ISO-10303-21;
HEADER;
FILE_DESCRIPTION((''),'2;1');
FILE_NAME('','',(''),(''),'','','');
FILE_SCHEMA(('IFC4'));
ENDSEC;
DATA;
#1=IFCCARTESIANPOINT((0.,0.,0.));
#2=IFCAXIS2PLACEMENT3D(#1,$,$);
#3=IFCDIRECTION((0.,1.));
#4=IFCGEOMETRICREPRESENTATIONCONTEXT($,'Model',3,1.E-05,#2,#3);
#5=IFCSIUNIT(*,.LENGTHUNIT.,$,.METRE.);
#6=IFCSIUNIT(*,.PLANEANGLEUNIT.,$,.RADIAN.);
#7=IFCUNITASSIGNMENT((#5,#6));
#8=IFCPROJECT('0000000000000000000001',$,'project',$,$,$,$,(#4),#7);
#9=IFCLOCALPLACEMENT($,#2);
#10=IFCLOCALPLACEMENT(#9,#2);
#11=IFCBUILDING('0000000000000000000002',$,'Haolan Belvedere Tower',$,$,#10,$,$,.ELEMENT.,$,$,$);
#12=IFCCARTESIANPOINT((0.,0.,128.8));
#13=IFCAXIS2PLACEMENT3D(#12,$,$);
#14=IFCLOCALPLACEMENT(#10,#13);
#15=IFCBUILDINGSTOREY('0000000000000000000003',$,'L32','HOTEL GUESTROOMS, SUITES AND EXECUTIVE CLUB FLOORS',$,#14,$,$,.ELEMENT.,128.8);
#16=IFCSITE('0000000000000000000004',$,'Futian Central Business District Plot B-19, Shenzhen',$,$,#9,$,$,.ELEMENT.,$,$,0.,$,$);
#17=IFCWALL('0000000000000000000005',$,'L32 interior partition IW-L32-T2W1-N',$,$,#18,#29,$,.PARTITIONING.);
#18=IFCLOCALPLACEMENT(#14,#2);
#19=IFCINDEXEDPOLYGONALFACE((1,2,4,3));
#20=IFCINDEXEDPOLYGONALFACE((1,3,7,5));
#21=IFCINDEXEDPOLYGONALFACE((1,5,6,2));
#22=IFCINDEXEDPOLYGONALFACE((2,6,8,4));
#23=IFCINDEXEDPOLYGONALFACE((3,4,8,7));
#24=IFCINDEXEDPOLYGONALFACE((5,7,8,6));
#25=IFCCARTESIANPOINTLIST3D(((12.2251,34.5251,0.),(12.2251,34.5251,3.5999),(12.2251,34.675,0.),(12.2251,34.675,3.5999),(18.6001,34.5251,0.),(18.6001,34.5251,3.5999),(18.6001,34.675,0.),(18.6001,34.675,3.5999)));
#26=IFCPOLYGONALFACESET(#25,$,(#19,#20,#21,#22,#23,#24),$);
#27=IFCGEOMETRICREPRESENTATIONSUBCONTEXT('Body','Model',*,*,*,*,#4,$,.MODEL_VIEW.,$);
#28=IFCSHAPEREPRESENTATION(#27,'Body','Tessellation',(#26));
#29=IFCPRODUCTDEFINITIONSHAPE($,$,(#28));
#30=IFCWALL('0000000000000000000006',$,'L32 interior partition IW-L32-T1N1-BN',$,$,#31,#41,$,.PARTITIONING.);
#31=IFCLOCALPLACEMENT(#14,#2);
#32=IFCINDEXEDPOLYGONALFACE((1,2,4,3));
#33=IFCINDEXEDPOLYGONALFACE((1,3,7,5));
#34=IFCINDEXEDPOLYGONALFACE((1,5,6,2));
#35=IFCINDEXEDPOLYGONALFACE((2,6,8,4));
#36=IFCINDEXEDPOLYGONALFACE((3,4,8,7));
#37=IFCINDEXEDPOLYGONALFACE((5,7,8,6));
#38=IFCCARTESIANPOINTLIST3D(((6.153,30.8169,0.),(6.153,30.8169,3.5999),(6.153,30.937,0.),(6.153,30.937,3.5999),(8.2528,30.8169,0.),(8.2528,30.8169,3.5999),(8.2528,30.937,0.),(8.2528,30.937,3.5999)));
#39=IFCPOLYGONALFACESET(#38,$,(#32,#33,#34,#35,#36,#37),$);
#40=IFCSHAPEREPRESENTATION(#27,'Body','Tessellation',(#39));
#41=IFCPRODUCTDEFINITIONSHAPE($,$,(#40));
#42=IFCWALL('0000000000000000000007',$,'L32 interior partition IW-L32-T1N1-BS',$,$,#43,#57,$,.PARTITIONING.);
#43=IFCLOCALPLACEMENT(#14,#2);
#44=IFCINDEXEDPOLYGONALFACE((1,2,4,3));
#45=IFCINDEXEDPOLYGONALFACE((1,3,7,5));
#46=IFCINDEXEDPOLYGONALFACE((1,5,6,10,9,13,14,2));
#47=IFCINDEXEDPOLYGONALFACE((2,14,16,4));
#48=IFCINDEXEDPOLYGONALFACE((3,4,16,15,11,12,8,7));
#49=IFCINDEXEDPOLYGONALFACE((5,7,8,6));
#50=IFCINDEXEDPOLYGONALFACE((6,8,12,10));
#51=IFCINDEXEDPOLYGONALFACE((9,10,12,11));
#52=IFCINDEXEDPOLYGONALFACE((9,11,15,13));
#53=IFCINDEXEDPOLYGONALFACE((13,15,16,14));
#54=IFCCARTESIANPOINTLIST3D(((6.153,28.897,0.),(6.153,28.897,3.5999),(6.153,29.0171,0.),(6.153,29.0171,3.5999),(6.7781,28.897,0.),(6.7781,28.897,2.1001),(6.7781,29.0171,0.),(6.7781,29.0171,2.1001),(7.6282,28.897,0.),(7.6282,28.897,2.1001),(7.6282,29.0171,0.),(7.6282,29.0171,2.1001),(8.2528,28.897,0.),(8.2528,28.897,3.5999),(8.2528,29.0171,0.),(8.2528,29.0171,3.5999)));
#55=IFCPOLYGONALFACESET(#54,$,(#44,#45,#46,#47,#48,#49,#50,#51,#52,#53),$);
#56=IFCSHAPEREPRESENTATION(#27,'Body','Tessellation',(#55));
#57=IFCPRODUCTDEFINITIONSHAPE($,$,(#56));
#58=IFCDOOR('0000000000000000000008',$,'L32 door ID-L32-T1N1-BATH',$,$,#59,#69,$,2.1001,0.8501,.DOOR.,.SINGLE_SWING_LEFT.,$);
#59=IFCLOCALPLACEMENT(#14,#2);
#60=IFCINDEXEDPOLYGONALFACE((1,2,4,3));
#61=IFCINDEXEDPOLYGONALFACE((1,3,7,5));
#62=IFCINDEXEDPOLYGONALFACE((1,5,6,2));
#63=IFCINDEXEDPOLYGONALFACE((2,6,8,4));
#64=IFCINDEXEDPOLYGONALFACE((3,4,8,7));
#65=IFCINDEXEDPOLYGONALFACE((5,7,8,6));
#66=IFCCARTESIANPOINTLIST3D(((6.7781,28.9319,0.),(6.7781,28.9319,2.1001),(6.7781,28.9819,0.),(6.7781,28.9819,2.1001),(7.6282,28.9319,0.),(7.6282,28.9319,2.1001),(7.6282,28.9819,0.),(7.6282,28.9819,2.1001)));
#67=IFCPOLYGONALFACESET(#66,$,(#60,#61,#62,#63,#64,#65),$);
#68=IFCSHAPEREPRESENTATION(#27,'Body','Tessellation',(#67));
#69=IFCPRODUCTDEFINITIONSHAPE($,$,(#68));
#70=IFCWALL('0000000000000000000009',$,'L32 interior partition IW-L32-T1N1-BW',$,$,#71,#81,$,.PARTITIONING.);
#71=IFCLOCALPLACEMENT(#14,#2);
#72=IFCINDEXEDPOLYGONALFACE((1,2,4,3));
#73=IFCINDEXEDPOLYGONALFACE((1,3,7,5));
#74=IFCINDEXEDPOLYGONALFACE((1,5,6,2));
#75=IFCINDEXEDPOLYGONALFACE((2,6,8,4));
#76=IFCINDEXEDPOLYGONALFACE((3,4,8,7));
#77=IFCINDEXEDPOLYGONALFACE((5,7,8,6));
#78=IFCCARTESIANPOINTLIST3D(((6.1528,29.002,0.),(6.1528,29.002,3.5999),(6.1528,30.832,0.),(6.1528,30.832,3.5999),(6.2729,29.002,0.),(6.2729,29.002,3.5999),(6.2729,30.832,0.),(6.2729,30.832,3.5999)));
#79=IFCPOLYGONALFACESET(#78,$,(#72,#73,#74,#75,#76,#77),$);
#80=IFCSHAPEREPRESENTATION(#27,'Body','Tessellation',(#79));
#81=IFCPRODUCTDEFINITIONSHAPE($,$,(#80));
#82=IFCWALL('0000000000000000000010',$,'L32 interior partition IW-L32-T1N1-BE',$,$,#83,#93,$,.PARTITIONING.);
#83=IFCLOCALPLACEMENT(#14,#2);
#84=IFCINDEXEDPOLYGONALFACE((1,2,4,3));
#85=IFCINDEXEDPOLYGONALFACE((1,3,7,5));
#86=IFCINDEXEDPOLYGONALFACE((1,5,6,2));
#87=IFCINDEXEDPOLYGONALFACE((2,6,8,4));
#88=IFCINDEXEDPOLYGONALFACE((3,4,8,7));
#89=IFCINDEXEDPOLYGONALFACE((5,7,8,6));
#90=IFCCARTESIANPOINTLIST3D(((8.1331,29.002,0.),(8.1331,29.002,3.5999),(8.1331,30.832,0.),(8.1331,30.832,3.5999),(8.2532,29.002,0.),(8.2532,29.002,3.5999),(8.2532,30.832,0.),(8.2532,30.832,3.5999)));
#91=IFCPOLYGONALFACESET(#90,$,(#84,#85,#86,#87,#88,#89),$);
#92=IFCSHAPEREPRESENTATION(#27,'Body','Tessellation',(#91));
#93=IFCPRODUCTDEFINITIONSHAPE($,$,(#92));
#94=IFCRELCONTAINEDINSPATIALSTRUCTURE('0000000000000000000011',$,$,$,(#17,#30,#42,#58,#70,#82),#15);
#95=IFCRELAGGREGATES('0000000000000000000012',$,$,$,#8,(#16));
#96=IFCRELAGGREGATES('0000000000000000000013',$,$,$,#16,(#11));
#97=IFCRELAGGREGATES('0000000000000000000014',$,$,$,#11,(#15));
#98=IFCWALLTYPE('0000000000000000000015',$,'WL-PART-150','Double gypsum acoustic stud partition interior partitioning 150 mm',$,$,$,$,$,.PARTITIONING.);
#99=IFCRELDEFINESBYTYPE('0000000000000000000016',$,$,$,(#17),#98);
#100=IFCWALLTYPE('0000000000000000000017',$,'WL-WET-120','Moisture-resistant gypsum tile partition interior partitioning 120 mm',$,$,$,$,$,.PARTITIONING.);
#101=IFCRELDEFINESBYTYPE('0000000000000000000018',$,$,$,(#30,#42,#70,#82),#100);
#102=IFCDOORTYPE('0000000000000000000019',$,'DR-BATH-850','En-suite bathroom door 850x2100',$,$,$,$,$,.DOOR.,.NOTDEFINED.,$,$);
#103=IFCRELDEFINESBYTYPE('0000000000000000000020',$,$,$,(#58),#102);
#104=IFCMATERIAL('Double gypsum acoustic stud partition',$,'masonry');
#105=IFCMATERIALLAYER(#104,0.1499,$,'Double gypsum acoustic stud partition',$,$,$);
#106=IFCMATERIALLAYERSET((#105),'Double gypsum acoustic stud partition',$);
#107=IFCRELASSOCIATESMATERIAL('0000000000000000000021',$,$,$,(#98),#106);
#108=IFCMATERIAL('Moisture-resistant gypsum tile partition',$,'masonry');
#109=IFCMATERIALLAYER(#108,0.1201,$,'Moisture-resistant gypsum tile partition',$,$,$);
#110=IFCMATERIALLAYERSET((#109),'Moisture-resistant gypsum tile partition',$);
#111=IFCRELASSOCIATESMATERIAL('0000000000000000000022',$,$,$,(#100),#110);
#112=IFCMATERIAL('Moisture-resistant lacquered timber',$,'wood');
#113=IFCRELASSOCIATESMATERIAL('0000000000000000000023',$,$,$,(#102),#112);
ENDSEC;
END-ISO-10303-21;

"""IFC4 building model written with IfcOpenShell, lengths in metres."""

from ifc_helpers import new_model, si_unit, direction, frame, frame_2d, origin, place, context, subcontext, project, spatial, rectangle, extrude, material, layer, layer_set, type_object, element, fill, save


model = new_model("IFC4")

# Units and contexts
model_context = context("Model", 3, precision=1e-05, world=origin(), true_north=direction((0.0, 1.0)))
body_context = subcontext(model_context, "Body", "Model", "MODEL_VIEW")
ifc_project = project(units=[si_unit("LENGTHUNIT", "METRE"), si_unit("PLANEANGLEUNIT", "RADIAN")], contexts=[model_context])

# Site, building, storey
site_placement = place(None, origin())
site = spatial("IfcSite", under=ifc_project, at=site_placement, Name="Futian Central Business District Plot B-19, Shenzhen", CompositionType="ELEMENT", RefElevation=0.0)
building_placement = place(site_placement, origin())
building = spatial("IfcBuilding", under=site, at=building_placement, Name="Haolan Belvedere Tower", CompositionType="ELEMENT")
storey_placement = place(building_placement, frame((0.0, 0.0, 128.8)))
storey = spatial("IfcBuildingStorey", under=building, at=storey_placement, Name="L32", Description="HOTEL GUESTROOMS, SUITES AND EXECUTIVE CLUB FLOORS", CompositionType="ELEMENT", Elevation=128.8)

# Walls
ifc_material_1 = material(Name="Double gypsum acoustic stud partition", Category="masonry")
ifc_layer_1 = layer(ifc_material_1, 0.1499, Name="Double gypsum acoustic stud partition")
ifc_layer_set_1 = layer_set([ifc_layer_1], Name="Double gypsum acoustic stud partition")
wall_type_1 = type_object("IfcWallType", Name="WL-PART-150", Description="Double gypsum acoustic stud partition interior partitioning 150 mm", PredefinedType="PARTITIONING", material=ifc_layer_set_1)
wall_1_placement = place(storey_placement, frame((12.2251, 34.6001, 0.0), z_axis=(0.0, 0.0, 1.0), x_axis=(1.0, 0.0, 0.0)))
element("IfcWall", 1, at=wall_1_placement, inside=storey, type_object=wall_type_1, Name="L32 interior partition IW-L32-T2W1-N", PredefinedType="PARTITIONING", context=body_context, shape_type="SweptSolid", body=[
    extrude(rectangle(XDim=6.375, YDim=0.1499, at=frame_2d((3.1875, 0.0))), origin(), (0.0, 0.0, 1.0), 3.5999),
])
ifc_material_2 = material(Name="Moisture-resistant gypsum tile partition", Category="masonry")
ifc_layer_2 = layer(ifc_material_2, 0.1201, Name="Moisture-resistant gypsum tile partition")
ifc_layer_set_2 = layer_set([ifc_layer_2], Name="Moisture-resistant gypsum tile partition")
wall_type_2 = type_object("IfcWallType", Name="WL-WET-120", Description="Moisture-resistant gypsum tile partition interior partitioning 120 mm", PredefinedType="PARTITIONING", material=ifc_layer_set_2)
wall_2_placement = place(storey_placement, frame((6.1531, 30.877, 0.0), z_axis=(0.0, 0.0, 1.0), x_axis=(1.0, 0.0, 0.0)))
element("IfcWall", 2, at=wall_2_placement, inside=storey, type_object=wall_type_2, Name="L32 interior partition IW-L32-T1N1-BN", PredefinedType="PARTITIONING", context=body_context, shape_type="SweptSolid", body=[
    extrude(rectangle(XDim=2.0999, YDim=0.1201, at=frame_2d((1.0498, 0.0))), origin(), (0.0, 0.0, 1.0), 3.5999),
])

# Wall, opening, door
wall_3_placement = place(storey_placement, frame((6.1531, 28.957, 0.0), z_axis=(0.0, 0.0, 1.0), x_axis=(1.0, 0.0, 0.0)))
wall_3 = element("IfcWall", 3, at=wall_3_placement, inside=storey, type_object=wall_type_2, Name="L32 interior partition IW-L32-T1N1-BS", PredefinedType="PARTITIONING", context=body_context, shape_type="SweptSolid", body=[
    extrude(rectangle(XDim=2.0999, YDim=0.1201, at=frame_2d((1.0498, 0.0))), origin(), (0.0, 0.0, 1.0), 3.5999),
])
opening_1_placement = place(wall_3_placement, frame((0.625, 0.0, 0.0)))
opening_1 = element("IfcOpeningElement", 4, at=opening_1_placement, cuts=wall_3, PredefinedType="OPENING", context=body_context, shape_type="SweptSolid", body=[
    extrude(rectangle(XDim=0.8501, YDim=2.1001, at=frame_2d((0.425, 1.05))), frame((0.0, 0.0701, 0.0), z_axis=(0.0, -1.0, 0.0), x_axis=(1.0, 0.0, 0.0)), (0.0, 0.0, 1.0), 0.1401),
])
ifc_material_3 = material(Name="Moisture-resistant lacquered timber", Category="wood")
door_type = type_object("IfcDoorType", Name="DR-BATH-850", Description="En-suite bathroom door 850x2100", OperationType="NOTDEFINED", PredefinedType="DOOR", material=ifc_material_3)
door_placement = place(opening_1_placement, origin())
door = element("IfcDoor", 5, at=door_placement, inside=storey, type_object=door_type, Name="L32 door ID-L32-T1N1-BATH", OperationType="SINGLE_SWING_LEFT", OverallHeight=2.1001, OverallWidth=0.8501, PredefinedType="DOOR", context=body_context, shape_type="SweptSolid", body=[
    extrude(rectangle(XDim=0.8501, YDim=2.1001, at=frame_2d((0.425, 1.05))), frame((0.0, 0.0249, 0.0), z_axis=(0.0, -1.0, 0.0), x_axis=(1.0, 0.0, 0.0)), (0.0, 0.0, 1.0), 0.05),
])
fill(opening_1, door)

# Walls
for number, where, z_axis, x_axis, name in (
    (6, (6.2129, 29.002, 0.0), (0.0, 0.0, 1.0), (0.0, 1.0, 0.0), "L32 interior partition IW-L32-T1N1-BW"),
    (7, (8.1931, 29.002, 0.0), (0.0, 0.0, 1.0), (0.0, 1.0, 0.0), "L32 interior partition IW-L32-T1N1-BE"),
):
    element("IfcWall", number, at=place(storey_placement, frame(where, z_axis=z_axis, x_axis=x_axis)), inside=storey, type_object=wall_type_2, Name=name, PredefinedType="PARTITIONING", context=body_context, shape_type="SweptSolid", body=[
        extrude(rectangle(XDim=1.8301, YDim=0.1201, at=frame_2d((0.915, 0.0))), origin(), (0.0, 0.0, 1.0), 3.5999),
    ])

save(model, "model.ifc")
